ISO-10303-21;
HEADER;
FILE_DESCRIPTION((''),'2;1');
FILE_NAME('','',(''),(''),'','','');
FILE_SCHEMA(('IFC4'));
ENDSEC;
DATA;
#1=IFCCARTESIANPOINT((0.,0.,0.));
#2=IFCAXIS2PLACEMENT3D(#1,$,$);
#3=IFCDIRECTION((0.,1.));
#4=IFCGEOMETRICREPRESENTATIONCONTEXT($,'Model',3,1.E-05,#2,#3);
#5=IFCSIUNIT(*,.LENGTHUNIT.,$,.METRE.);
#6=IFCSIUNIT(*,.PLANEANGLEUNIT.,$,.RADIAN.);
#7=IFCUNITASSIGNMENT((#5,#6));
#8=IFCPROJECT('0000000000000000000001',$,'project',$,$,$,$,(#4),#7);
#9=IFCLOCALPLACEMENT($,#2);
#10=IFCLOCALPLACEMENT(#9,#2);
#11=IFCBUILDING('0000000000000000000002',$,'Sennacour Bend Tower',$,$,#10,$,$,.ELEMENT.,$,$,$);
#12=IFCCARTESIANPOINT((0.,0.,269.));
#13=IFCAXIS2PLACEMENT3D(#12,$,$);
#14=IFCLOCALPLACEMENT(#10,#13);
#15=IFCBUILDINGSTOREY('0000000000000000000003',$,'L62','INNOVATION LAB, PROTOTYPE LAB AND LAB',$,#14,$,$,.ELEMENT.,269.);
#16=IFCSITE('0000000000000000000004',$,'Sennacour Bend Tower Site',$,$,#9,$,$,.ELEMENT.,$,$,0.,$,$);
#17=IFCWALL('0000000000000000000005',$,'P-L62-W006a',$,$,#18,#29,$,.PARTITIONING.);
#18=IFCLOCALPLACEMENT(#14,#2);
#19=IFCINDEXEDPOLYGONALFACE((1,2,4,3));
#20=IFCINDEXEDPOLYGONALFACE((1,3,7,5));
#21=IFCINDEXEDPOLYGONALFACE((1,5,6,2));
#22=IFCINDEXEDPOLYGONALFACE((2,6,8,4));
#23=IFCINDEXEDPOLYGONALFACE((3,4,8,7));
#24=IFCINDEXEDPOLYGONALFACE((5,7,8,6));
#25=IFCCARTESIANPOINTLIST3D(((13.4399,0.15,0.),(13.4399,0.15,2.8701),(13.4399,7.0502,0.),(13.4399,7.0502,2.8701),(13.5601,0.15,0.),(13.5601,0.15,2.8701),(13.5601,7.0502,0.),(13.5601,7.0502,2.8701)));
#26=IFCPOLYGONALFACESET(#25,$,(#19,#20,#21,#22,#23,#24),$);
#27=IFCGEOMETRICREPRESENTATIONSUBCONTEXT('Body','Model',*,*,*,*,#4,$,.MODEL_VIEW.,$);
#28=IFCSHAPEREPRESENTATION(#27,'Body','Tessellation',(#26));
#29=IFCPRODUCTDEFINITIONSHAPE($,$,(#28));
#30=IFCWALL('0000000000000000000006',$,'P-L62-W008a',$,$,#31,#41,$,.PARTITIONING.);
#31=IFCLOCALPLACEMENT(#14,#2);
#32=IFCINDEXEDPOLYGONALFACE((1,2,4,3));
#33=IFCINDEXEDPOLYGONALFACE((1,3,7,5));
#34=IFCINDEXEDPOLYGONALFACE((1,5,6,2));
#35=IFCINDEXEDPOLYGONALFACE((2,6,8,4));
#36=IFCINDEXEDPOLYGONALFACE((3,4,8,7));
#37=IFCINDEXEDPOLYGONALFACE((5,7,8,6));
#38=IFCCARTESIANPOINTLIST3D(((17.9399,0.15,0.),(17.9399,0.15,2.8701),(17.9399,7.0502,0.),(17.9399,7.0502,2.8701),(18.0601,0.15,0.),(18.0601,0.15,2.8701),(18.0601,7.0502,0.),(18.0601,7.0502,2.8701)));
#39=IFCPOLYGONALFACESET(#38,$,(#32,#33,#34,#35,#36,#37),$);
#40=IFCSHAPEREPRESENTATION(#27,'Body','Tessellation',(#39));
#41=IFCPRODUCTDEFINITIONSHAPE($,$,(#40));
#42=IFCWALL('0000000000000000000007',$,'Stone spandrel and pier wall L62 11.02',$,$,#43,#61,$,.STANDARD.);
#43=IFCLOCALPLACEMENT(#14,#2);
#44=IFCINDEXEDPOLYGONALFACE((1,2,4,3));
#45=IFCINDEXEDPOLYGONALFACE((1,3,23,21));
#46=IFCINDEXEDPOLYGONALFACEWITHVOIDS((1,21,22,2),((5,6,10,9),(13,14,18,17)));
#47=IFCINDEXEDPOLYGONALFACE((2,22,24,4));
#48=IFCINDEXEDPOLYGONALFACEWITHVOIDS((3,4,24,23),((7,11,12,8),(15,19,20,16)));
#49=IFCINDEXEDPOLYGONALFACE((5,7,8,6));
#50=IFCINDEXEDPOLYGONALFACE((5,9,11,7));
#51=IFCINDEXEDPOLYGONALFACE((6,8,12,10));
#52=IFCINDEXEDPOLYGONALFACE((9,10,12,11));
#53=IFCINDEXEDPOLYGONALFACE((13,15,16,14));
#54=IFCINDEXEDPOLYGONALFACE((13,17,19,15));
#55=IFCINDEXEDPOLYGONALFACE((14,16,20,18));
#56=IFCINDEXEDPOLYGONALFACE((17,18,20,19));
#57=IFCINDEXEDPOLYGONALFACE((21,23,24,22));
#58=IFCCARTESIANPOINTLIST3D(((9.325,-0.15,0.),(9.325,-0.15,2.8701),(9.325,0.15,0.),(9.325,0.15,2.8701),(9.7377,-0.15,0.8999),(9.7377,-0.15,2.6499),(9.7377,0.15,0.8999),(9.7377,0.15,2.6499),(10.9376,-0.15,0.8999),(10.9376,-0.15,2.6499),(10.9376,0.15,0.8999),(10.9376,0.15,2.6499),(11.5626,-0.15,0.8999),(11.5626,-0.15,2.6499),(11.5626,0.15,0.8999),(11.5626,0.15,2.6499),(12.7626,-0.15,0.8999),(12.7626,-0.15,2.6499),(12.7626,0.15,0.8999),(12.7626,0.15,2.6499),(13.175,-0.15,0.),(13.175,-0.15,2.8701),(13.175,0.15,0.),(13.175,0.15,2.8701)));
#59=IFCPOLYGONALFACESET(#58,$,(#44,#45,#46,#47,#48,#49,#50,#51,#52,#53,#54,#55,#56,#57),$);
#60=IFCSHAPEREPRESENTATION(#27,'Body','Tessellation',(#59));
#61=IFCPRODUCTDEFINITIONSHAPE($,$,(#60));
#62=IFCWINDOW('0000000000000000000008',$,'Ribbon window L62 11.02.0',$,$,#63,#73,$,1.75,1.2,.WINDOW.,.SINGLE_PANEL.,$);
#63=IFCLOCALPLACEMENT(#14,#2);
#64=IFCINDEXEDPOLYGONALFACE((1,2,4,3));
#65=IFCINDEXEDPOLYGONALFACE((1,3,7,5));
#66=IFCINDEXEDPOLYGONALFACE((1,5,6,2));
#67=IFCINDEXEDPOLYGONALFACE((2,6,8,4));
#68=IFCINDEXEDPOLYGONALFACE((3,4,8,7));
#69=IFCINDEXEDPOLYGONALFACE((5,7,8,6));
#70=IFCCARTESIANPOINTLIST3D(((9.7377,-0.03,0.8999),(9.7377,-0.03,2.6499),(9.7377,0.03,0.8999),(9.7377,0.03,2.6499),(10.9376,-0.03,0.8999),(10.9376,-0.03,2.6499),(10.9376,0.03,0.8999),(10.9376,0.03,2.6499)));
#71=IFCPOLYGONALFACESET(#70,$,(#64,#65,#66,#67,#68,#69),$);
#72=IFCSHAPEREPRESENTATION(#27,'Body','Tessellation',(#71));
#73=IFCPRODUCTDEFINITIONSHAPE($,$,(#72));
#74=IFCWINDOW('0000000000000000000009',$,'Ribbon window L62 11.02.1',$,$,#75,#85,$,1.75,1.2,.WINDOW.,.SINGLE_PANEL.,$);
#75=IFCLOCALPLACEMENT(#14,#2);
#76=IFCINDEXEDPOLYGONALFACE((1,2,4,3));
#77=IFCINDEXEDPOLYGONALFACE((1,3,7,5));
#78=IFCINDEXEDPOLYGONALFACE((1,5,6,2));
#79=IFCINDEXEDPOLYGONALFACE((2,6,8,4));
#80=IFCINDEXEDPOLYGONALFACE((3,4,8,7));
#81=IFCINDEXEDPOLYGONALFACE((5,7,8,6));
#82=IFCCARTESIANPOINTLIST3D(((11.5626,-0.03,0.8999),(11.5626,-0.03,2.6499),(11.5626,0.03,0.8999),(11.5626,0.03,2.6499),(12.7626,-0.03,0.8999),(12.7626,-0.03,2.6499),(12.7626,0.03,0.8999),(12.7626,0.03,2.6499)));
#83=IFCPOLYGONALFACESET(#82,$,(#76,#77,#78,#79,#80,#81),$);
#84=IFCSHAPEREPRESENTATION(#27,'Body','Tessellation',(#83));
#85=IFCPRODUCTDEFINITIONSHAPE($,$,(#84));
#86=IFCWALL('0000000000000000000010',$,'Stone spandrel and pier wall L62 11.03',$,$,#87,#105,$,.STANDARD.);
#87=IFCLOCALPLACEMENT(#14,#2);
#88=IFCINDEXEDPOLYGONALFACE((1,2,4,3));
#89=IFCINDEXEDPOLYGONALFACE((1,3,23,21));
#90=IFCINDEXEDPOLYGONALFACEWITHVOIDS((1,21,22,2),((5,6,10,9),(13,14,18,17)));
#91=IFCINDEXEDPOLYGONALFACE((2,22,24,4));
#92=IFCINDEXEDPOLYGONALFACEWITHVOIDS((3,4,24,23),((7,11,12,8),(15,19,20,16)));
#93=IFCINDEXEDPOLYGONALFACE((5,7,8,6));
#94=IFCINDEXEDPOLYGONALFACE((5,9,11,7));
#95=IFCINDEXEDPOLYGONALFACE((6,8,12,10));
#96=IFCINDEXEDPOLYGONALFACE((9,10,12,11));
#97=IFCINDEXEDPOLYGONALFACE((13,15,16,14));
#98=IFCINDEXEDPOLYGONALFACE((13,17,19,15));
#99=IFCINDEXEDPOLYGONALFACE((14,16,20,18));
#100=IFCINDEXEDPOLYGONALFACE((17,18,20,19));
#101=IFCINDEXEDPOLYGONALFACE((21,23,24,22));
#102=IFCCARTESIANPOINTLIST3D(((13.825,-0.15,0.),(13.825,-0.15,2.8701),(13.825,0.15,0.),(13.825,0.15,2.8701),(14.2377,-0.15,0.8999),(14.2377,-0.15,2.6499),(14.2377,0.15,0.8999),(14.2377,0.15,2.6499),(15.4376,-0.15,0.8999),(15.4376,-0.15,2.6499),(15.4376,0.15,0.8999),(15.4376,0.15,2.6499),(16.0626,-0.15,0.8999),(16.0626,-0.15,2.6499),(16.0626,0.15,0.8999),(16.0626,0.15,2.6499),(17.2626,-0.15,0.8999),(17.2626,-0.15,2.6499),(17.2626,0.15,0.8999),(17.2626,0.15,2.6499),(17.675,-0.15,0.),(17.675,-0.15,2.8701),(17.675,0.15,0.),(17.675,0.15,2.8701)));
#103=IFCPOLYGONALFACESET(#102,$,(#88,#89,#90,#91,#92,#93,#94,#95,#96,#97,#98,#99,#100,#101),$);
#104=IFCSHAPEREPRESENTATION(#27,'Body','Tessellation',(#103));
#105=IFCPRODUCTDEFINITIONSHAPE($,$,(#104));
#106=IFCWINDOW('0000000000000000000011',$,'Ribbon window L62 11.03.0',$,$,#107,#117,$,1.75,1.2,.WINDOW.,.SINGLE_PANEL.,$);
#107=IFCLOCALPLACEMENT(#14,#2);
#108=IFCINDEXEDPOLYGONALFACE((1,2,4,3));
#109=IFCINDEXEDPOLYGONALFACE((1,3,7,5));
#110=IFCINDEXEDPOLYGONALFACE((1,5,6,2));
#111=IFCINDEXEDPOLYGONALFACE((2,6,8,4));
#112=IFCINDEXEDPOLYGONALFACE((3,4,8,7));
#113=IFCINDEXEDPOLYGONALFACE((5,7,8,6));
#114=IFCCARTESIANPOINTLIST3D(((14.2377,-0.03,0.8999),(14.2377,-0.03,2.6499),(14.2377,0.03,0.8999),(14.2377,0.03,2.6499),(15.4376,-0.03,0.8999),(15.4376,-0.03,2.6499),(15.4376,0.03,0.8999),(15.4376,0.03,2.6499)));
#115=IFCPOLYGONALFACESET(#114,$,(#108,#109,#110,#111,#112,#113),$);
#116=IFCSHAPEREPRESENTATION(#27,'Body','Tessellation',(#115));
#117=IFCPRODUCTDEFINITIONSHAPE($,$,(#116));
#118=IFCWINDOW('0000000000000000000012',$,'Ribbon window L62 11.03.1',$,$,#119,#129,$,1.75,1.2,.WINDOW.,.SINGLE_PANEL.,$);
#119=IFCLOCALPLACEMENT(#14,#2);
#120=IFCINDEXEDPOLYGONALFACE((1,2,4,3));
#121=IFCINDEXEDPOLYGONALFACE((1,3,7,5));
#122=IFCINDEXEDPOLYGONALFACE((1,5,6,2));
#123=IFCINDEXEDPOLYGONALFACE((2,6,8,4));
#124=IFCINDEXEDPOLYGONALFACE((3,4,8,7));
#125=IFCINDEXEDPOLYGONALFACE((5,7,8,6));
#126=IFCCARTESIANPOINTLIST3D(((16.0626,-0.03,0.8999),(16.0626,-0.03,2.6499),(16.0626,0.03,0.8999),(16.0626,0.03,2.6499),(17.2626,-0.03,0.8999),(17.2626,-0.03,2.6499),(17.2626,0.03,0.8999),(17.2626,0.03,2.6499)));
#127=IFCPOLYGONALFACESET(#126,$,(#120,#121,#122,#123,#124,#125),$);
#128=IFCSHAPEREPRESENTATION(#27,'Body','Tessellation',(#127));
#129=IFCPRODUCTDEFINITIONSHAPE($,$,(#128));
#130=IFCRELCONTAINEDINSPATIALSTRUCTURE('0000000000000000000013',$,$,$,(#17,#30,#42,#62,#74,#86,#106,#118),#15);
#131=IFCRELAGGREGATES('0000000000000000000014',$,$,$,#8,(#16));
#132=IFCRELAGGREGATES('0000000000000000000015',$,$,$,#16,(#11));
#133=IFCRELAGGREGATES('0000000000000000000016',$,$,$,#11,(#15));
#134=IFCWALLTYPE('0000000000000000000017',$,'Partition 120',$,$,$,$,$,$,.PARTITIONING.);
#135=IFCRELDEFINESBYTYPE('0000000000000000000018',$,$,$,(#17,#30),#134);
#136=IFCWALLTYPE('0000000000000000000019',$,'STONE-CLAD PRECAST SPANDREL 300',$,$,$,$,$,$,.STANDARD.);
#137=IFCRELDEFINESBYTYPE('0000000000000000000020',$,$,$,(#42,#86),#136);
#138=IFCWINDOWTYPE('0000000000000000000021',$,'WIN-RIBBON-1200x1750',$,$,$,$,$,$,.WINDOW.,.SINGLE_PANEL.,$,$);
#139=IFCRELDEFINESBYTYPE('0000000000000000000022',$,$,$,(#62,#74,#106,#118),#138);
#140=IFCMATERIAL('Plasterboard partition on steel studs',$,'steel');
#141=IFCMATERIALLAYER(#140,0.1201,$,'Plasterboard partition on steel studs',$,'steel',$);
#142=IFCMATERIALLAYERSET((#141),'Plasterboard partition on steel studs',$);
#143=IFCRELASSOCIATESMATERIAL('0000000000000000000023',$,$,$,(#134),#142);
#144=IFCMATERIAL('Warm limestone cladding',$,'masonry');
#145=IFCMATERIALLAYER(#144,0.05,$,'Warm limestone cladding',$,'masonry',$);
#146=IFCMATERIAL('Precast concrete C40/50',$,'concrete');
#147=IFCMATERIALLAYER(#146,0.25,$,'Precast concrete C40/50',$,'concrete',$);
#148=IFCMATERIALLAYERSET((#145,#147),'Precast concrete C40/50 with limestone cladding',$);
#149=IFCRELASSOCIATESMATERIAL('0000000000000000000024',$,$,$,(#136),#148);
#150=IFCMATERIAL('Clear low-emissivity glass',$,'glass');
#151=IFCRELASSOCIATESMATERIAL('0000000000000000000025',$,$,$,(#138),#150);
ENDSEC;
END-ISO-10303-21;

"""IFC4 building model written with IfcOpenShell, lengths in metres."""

from ifc_helpers import new_model, si_unit, direction, frame, frame_2d, origin, place, context, subcontext, project, spatial, rectangle, extrude, material, layer, layer_set, type_object, element, fill, save


model = new_model("IFC4")

# Units and contexts
model_context = context("Model", 3, precision=1e-05, world=origin(), true_north=direction((0.0, 1.0)))
body_context = subcontext(model_context, "Body", "Model", "MODEL_VIEW")
ifc_project = project(units=[si_unit("LENGTHUNIT", "METRE"), si_unit("PLANEANGLEUNIT", "RADIAN")], contexts=[model_context])

# Site, building, storey
site_placement = place(None, origin())
site = spatial("IfcSite", under=ifc_project, at=site_placement, Name="Sennacour Bend Tower Site", CompositionType="ELEMENT", RefElevation=0.0)
building_placement = place(site_placement, origin())
building = spatial("IfcBuilding", under=site, at=building_placement, Name="Sennacour Bend Tower", CompositionType="ELEMENT")
storey_placement = place(building_placement, frame((0.0, 0.0, 269.0)))
storey = spatial("IfcBuildingStorey", under=building, at=storey_placement, Name="L62", Description="INNOVATION LAB, PROTOTYPE LAB AND LAB", CompositionType="ELEMENT", Elevation=269.0)

# Walls
ifc_material_1 = material(Name="Plasterboard partition on steel studs", Category="steel")
ifc_layer_1 = layer(ifc_material_1, 0.1201, Name="Plasterboard partition on steel studs", Category="steel")
ifc_layer_set_1 = layer_set([ifc_layer_1], Name="Plasterboard partition on steel studs")
wall_type_1 = type_object("IfcWallType", Name="Partition 120", PredefinedType="PARTITIONING", material=ifc_layer_set_1)
for number, where, z_axis, x_axis, name in (
    (1, (13.5, 0.1499, 0.0), (0.0, 0.0, 1.0), (0.0, 1.0, 0.0), "P-L62-W006a"),
    (2, (18.0, 0.1499, 0.0), (0.0, 0.0, 1.0), (0.0, 1.0, 0.0), "P-L62-W008a"),
):
    element("IfcWall", number, at=place(storey_placement, frame(where, z_axis=z_axis, x_axis=x_axis)), inside=storey, type_object=wall_type_1, Name=name, PredefinedType="PARTITIONING", context=body_context, shape_type="SweptSolid", body=[
        extrude(rectangle(XDim=6.9001, YDim=0.1201, at=frame_2d((3.4502, 0.0))), origin(), (0.0, 0.0, 1.0), 2.8701),
    ])

# Walls, openings, windows
ifc_material_2 = material(Name="Warm limestone cladding", Category="masonry")
ifc_layer_2 = layer(ifc_material_2, 0.05, Name="Warm limestone cladding", Category="masonry")
ifc_material_3 = material(Name="Precast concrete C40/50", Category="concrete")
ifc_layer_3 = layer(ifc_material_3, 0.25, Name="Precast concrete C40/50", Category="concrete")
ifc_layer_set_2 = layer_set([ifc_layer_2, ifc_layer_3], Name="Precast concrete C40/50 with limestone cladding")
wall_type_2 = type_object("IfcWallType", Name="STONE-CLAD PRECAST SPANDREL 300", PredefinedType="STANDARD", material=ifc_layer_set_2)
wall_1_placement = place(storey_placement, frame((9.325, 0.0, 0.0), z_axis=(0.0, 0.0, 1.0), x_axis=(1.0, 0.0, 0.0)))
wall_1 = element("IfcWall", 3, at=wall_1_placement, inside=storey, type_object=wall_type_2, Name="Stone spandrel and pier wall L62 11.02", PredefinedType="STANDARD", context=body_context, shape_type="SweptSolid", body=[
    extrude(rectangle(XDim=3.8501, YDim=0.3, at=frame_2d((1.925, 0.0))), origin(), (0.0, 0.0, 1.0), 2.8701),
])
opening_1_placement = place(wall_1_placement, frame((0.4126, 0.0, 0.8999)))
opening_1 = element("IfcOpeningElement", 4, at=opening_1_placement, cuts=wall_1, PredefinedType="OPENING", context=body_context, shape_type="SweptSolid", body=[
    extrude(rectangle(XDim=1.2, YDim=1.75, at=frame_2d((0.6001, 0.875))), frame((0.0, 0.1602, 0.0), z_axis=(0.0, -1.0, 0.0), x_axis=(1.0, 0.0, 0.0)), (0.0, 0.0, 1.0), 0.3201),
])
opening_2_placement = place(wall_1_placement, frame((2.2375, 0.0, 0.8999)))
opening_2 = element("IfcOpeningElement", 5, at=opening_2_placement, cuts=wall_1, PredefinedType="OPENING", context=body_context, shape_type="SweptSolid", body=[
    extrude(rectangle(XDim=1.2, YDim=1.75, at=frame_2d((0.6001, 0.875))), frame((0.0, 0.1602, 0.0), z_axis=(0.0, -1.0, 0.0), x_axis=(1.0, 0.0, 0.0)), (0.0, 0.0, 1.0), 0.3201),
])
ifc_material_4 = material(Name="Clear low-emissivity glass", Category="glass")
window_type = type_object("IfcWindowType", Name="WIN-RIBBON-1200x1750", PartitioningType="SINGLE_PANEL", PredefinedType="WINDOW", material=ifc_material_4)
window_1_placement = place(opening_1_placement, origin())
window_1 = element("IfcWindow", 6, at=window_1_placement, inside=storey, type_object=window_type, Name="Ribbon window L62 11.02.0", OverallHeight=1.75, OverallWidth=1.2, PartitioningType="SINGLE_PANEL", PredefinedType="WINDOW", context=body_context, shape_type="SweptSolid", body=[
    extrude(rectangle(XDim=1.2, YDim=1.75, at=frame_2d((0.6001, 0.875))), frame((0.0, 0.03, 0.0), z_axis=(0.0, -1.0, 0.0), x_axis=(1.0, 0.0, 0.0)), (0.0, 0.0, 1.0), 0.0601),
])
fill(opening_1, window_1)
window_2_placement = place(opening_2_placement, origin())
window_2 = element("IfcWindow", 7, at=window_2_placement, inside=storey, type_object=window_type, Name="Ribbon window L62 11.02.1", OverallHeight=1.75, OverallWidth=1.2, PartitioningType="SINGLE_PANEL", PredefinedType="WINDOW", context=body_context, shape_type="SweptSolid", body=[
    extrude(rectangle(XDim=1.2, YDim=1.75, at=frame_2d((0.6001, 0.875))), frame((0.0, 0.03, 0.0), z_axis=(0.0, -1.0, 0.0), x_axis=(1.0, 0.0, 0.0)), (0.0, 0.0, 1.0), 0.0601),
])
fill(opening_2, window_2)
wall_2_placement = place(storey_placement, frame((13.825, 0.0, 0.0), z_axis=(0.0, 0.0, 1.0), x_axis=(1.0, 0.0, 0.0)))
wall_2 = element("IfcWall", 8, at=wall_2_placement, inside=storey, type_object=wall_type_2, Name="Stone spandrel and pier wall L62 11.03", PredefinedType="STANDARD", context=body_context, shape_type="SweptSolid", body=[
    extrude(rectangle(XDim=3.8501, YDim=0.3, at=frame_2d((1.925, 0.0))), origin(), (0.0, 0.0, 1.0), 2.8701),
])
opening_3_placement = place(wall_2_placement, frame((0.4126, 0.0, 0.8999)))
opening_3 = element("IfcOpeningElement", 9, at=opening_3_placement, cuts=wall_2, PredefinedType="OPENING", context=body_context, shape_type="SweptSolid", body=[
    extrude(rectangle(XDim=1.2, YDim=1.75, at=frame_2d((0.6001, 0.875))), frame((0.0, 0.1602, 0.0), z_axis=(0.0, -1.0, 0.0), x_axis=(1.0, 0.0, 0.0)), (0.0, 0.0, 1.0), 0.3201),
])
opening_4_placement = place(wall_2_placement, frame((2.2375, 0.0, 0.8999)))
opening_4 = element("IfcOpeningElement", 10, at=opening_4_placement, cuts=wall_2, PredefinedType="OPENING", context=body_context, shape_type="SweptSolid", body=[
    extrude(rectangle(XDim=1.2, YDim=1.75, at=frame_2d((0.6001, 0.875))), frame((0.0, 0.1602, 0.0), z_axis=(0.0, -1.0, 0.0), x_axis=(1.0, 0.0, 0.0)), (0.0, 0.0, 1.0), 0.3201),
])
window_3_placement = place(opening_3_placement, origin())
window_3 = element("IfcWindow", 11, at=window_3_placement, inside=storey, type_object=window_type, Name="Ribbon window L62 11.03.0", OverallHeight=1.75, OverallWidth=1.2, PartitioningType="SINGLE_PANEL", PredefinedType="WINDOW", context=body_context, shape_type="SweptSolid", body=[
    extrude(rectangle(XDim=1.2, YDim=1.75, at=frame_2d((0.6001, 0.875))), frame((0.0, 0.03, 0.0), z_axis=(0.0, -1.0, 0.0), x_axis=(1.0, 0.0, 0.0)), (0.0, 0.0, 1.0), 0.0601),
])
fill(opening_3, window_3)
window_4_placement = place(opening_4_placement, origin())
window_4 = element("IfcWindow", 12, at=window_4_placement, inside=storey, type_object=window_type, Name="Ribbon window L62 11.03.1", OverallHeight=1.75, OverallWidth=1.2, PartitioningType="SINGLE_PANEL", PredefinedType="WINDOW", context=body_context, shape_type="SweptSolid", body=[
    extrude(rectangle(XDim=1.2, YDim=1.75, at=frame_2d((0.6001, 0.875))), frame((0.0, 0.03, 0.0), z_axis=(0.0, -1.0, 0.0), x_axis=(1.0, 0.0, 0.0)), (0.0, 0.0, 1.0), 0.0601),
])
fill(opening_4, window_4)

save(model, "model.ifc")
